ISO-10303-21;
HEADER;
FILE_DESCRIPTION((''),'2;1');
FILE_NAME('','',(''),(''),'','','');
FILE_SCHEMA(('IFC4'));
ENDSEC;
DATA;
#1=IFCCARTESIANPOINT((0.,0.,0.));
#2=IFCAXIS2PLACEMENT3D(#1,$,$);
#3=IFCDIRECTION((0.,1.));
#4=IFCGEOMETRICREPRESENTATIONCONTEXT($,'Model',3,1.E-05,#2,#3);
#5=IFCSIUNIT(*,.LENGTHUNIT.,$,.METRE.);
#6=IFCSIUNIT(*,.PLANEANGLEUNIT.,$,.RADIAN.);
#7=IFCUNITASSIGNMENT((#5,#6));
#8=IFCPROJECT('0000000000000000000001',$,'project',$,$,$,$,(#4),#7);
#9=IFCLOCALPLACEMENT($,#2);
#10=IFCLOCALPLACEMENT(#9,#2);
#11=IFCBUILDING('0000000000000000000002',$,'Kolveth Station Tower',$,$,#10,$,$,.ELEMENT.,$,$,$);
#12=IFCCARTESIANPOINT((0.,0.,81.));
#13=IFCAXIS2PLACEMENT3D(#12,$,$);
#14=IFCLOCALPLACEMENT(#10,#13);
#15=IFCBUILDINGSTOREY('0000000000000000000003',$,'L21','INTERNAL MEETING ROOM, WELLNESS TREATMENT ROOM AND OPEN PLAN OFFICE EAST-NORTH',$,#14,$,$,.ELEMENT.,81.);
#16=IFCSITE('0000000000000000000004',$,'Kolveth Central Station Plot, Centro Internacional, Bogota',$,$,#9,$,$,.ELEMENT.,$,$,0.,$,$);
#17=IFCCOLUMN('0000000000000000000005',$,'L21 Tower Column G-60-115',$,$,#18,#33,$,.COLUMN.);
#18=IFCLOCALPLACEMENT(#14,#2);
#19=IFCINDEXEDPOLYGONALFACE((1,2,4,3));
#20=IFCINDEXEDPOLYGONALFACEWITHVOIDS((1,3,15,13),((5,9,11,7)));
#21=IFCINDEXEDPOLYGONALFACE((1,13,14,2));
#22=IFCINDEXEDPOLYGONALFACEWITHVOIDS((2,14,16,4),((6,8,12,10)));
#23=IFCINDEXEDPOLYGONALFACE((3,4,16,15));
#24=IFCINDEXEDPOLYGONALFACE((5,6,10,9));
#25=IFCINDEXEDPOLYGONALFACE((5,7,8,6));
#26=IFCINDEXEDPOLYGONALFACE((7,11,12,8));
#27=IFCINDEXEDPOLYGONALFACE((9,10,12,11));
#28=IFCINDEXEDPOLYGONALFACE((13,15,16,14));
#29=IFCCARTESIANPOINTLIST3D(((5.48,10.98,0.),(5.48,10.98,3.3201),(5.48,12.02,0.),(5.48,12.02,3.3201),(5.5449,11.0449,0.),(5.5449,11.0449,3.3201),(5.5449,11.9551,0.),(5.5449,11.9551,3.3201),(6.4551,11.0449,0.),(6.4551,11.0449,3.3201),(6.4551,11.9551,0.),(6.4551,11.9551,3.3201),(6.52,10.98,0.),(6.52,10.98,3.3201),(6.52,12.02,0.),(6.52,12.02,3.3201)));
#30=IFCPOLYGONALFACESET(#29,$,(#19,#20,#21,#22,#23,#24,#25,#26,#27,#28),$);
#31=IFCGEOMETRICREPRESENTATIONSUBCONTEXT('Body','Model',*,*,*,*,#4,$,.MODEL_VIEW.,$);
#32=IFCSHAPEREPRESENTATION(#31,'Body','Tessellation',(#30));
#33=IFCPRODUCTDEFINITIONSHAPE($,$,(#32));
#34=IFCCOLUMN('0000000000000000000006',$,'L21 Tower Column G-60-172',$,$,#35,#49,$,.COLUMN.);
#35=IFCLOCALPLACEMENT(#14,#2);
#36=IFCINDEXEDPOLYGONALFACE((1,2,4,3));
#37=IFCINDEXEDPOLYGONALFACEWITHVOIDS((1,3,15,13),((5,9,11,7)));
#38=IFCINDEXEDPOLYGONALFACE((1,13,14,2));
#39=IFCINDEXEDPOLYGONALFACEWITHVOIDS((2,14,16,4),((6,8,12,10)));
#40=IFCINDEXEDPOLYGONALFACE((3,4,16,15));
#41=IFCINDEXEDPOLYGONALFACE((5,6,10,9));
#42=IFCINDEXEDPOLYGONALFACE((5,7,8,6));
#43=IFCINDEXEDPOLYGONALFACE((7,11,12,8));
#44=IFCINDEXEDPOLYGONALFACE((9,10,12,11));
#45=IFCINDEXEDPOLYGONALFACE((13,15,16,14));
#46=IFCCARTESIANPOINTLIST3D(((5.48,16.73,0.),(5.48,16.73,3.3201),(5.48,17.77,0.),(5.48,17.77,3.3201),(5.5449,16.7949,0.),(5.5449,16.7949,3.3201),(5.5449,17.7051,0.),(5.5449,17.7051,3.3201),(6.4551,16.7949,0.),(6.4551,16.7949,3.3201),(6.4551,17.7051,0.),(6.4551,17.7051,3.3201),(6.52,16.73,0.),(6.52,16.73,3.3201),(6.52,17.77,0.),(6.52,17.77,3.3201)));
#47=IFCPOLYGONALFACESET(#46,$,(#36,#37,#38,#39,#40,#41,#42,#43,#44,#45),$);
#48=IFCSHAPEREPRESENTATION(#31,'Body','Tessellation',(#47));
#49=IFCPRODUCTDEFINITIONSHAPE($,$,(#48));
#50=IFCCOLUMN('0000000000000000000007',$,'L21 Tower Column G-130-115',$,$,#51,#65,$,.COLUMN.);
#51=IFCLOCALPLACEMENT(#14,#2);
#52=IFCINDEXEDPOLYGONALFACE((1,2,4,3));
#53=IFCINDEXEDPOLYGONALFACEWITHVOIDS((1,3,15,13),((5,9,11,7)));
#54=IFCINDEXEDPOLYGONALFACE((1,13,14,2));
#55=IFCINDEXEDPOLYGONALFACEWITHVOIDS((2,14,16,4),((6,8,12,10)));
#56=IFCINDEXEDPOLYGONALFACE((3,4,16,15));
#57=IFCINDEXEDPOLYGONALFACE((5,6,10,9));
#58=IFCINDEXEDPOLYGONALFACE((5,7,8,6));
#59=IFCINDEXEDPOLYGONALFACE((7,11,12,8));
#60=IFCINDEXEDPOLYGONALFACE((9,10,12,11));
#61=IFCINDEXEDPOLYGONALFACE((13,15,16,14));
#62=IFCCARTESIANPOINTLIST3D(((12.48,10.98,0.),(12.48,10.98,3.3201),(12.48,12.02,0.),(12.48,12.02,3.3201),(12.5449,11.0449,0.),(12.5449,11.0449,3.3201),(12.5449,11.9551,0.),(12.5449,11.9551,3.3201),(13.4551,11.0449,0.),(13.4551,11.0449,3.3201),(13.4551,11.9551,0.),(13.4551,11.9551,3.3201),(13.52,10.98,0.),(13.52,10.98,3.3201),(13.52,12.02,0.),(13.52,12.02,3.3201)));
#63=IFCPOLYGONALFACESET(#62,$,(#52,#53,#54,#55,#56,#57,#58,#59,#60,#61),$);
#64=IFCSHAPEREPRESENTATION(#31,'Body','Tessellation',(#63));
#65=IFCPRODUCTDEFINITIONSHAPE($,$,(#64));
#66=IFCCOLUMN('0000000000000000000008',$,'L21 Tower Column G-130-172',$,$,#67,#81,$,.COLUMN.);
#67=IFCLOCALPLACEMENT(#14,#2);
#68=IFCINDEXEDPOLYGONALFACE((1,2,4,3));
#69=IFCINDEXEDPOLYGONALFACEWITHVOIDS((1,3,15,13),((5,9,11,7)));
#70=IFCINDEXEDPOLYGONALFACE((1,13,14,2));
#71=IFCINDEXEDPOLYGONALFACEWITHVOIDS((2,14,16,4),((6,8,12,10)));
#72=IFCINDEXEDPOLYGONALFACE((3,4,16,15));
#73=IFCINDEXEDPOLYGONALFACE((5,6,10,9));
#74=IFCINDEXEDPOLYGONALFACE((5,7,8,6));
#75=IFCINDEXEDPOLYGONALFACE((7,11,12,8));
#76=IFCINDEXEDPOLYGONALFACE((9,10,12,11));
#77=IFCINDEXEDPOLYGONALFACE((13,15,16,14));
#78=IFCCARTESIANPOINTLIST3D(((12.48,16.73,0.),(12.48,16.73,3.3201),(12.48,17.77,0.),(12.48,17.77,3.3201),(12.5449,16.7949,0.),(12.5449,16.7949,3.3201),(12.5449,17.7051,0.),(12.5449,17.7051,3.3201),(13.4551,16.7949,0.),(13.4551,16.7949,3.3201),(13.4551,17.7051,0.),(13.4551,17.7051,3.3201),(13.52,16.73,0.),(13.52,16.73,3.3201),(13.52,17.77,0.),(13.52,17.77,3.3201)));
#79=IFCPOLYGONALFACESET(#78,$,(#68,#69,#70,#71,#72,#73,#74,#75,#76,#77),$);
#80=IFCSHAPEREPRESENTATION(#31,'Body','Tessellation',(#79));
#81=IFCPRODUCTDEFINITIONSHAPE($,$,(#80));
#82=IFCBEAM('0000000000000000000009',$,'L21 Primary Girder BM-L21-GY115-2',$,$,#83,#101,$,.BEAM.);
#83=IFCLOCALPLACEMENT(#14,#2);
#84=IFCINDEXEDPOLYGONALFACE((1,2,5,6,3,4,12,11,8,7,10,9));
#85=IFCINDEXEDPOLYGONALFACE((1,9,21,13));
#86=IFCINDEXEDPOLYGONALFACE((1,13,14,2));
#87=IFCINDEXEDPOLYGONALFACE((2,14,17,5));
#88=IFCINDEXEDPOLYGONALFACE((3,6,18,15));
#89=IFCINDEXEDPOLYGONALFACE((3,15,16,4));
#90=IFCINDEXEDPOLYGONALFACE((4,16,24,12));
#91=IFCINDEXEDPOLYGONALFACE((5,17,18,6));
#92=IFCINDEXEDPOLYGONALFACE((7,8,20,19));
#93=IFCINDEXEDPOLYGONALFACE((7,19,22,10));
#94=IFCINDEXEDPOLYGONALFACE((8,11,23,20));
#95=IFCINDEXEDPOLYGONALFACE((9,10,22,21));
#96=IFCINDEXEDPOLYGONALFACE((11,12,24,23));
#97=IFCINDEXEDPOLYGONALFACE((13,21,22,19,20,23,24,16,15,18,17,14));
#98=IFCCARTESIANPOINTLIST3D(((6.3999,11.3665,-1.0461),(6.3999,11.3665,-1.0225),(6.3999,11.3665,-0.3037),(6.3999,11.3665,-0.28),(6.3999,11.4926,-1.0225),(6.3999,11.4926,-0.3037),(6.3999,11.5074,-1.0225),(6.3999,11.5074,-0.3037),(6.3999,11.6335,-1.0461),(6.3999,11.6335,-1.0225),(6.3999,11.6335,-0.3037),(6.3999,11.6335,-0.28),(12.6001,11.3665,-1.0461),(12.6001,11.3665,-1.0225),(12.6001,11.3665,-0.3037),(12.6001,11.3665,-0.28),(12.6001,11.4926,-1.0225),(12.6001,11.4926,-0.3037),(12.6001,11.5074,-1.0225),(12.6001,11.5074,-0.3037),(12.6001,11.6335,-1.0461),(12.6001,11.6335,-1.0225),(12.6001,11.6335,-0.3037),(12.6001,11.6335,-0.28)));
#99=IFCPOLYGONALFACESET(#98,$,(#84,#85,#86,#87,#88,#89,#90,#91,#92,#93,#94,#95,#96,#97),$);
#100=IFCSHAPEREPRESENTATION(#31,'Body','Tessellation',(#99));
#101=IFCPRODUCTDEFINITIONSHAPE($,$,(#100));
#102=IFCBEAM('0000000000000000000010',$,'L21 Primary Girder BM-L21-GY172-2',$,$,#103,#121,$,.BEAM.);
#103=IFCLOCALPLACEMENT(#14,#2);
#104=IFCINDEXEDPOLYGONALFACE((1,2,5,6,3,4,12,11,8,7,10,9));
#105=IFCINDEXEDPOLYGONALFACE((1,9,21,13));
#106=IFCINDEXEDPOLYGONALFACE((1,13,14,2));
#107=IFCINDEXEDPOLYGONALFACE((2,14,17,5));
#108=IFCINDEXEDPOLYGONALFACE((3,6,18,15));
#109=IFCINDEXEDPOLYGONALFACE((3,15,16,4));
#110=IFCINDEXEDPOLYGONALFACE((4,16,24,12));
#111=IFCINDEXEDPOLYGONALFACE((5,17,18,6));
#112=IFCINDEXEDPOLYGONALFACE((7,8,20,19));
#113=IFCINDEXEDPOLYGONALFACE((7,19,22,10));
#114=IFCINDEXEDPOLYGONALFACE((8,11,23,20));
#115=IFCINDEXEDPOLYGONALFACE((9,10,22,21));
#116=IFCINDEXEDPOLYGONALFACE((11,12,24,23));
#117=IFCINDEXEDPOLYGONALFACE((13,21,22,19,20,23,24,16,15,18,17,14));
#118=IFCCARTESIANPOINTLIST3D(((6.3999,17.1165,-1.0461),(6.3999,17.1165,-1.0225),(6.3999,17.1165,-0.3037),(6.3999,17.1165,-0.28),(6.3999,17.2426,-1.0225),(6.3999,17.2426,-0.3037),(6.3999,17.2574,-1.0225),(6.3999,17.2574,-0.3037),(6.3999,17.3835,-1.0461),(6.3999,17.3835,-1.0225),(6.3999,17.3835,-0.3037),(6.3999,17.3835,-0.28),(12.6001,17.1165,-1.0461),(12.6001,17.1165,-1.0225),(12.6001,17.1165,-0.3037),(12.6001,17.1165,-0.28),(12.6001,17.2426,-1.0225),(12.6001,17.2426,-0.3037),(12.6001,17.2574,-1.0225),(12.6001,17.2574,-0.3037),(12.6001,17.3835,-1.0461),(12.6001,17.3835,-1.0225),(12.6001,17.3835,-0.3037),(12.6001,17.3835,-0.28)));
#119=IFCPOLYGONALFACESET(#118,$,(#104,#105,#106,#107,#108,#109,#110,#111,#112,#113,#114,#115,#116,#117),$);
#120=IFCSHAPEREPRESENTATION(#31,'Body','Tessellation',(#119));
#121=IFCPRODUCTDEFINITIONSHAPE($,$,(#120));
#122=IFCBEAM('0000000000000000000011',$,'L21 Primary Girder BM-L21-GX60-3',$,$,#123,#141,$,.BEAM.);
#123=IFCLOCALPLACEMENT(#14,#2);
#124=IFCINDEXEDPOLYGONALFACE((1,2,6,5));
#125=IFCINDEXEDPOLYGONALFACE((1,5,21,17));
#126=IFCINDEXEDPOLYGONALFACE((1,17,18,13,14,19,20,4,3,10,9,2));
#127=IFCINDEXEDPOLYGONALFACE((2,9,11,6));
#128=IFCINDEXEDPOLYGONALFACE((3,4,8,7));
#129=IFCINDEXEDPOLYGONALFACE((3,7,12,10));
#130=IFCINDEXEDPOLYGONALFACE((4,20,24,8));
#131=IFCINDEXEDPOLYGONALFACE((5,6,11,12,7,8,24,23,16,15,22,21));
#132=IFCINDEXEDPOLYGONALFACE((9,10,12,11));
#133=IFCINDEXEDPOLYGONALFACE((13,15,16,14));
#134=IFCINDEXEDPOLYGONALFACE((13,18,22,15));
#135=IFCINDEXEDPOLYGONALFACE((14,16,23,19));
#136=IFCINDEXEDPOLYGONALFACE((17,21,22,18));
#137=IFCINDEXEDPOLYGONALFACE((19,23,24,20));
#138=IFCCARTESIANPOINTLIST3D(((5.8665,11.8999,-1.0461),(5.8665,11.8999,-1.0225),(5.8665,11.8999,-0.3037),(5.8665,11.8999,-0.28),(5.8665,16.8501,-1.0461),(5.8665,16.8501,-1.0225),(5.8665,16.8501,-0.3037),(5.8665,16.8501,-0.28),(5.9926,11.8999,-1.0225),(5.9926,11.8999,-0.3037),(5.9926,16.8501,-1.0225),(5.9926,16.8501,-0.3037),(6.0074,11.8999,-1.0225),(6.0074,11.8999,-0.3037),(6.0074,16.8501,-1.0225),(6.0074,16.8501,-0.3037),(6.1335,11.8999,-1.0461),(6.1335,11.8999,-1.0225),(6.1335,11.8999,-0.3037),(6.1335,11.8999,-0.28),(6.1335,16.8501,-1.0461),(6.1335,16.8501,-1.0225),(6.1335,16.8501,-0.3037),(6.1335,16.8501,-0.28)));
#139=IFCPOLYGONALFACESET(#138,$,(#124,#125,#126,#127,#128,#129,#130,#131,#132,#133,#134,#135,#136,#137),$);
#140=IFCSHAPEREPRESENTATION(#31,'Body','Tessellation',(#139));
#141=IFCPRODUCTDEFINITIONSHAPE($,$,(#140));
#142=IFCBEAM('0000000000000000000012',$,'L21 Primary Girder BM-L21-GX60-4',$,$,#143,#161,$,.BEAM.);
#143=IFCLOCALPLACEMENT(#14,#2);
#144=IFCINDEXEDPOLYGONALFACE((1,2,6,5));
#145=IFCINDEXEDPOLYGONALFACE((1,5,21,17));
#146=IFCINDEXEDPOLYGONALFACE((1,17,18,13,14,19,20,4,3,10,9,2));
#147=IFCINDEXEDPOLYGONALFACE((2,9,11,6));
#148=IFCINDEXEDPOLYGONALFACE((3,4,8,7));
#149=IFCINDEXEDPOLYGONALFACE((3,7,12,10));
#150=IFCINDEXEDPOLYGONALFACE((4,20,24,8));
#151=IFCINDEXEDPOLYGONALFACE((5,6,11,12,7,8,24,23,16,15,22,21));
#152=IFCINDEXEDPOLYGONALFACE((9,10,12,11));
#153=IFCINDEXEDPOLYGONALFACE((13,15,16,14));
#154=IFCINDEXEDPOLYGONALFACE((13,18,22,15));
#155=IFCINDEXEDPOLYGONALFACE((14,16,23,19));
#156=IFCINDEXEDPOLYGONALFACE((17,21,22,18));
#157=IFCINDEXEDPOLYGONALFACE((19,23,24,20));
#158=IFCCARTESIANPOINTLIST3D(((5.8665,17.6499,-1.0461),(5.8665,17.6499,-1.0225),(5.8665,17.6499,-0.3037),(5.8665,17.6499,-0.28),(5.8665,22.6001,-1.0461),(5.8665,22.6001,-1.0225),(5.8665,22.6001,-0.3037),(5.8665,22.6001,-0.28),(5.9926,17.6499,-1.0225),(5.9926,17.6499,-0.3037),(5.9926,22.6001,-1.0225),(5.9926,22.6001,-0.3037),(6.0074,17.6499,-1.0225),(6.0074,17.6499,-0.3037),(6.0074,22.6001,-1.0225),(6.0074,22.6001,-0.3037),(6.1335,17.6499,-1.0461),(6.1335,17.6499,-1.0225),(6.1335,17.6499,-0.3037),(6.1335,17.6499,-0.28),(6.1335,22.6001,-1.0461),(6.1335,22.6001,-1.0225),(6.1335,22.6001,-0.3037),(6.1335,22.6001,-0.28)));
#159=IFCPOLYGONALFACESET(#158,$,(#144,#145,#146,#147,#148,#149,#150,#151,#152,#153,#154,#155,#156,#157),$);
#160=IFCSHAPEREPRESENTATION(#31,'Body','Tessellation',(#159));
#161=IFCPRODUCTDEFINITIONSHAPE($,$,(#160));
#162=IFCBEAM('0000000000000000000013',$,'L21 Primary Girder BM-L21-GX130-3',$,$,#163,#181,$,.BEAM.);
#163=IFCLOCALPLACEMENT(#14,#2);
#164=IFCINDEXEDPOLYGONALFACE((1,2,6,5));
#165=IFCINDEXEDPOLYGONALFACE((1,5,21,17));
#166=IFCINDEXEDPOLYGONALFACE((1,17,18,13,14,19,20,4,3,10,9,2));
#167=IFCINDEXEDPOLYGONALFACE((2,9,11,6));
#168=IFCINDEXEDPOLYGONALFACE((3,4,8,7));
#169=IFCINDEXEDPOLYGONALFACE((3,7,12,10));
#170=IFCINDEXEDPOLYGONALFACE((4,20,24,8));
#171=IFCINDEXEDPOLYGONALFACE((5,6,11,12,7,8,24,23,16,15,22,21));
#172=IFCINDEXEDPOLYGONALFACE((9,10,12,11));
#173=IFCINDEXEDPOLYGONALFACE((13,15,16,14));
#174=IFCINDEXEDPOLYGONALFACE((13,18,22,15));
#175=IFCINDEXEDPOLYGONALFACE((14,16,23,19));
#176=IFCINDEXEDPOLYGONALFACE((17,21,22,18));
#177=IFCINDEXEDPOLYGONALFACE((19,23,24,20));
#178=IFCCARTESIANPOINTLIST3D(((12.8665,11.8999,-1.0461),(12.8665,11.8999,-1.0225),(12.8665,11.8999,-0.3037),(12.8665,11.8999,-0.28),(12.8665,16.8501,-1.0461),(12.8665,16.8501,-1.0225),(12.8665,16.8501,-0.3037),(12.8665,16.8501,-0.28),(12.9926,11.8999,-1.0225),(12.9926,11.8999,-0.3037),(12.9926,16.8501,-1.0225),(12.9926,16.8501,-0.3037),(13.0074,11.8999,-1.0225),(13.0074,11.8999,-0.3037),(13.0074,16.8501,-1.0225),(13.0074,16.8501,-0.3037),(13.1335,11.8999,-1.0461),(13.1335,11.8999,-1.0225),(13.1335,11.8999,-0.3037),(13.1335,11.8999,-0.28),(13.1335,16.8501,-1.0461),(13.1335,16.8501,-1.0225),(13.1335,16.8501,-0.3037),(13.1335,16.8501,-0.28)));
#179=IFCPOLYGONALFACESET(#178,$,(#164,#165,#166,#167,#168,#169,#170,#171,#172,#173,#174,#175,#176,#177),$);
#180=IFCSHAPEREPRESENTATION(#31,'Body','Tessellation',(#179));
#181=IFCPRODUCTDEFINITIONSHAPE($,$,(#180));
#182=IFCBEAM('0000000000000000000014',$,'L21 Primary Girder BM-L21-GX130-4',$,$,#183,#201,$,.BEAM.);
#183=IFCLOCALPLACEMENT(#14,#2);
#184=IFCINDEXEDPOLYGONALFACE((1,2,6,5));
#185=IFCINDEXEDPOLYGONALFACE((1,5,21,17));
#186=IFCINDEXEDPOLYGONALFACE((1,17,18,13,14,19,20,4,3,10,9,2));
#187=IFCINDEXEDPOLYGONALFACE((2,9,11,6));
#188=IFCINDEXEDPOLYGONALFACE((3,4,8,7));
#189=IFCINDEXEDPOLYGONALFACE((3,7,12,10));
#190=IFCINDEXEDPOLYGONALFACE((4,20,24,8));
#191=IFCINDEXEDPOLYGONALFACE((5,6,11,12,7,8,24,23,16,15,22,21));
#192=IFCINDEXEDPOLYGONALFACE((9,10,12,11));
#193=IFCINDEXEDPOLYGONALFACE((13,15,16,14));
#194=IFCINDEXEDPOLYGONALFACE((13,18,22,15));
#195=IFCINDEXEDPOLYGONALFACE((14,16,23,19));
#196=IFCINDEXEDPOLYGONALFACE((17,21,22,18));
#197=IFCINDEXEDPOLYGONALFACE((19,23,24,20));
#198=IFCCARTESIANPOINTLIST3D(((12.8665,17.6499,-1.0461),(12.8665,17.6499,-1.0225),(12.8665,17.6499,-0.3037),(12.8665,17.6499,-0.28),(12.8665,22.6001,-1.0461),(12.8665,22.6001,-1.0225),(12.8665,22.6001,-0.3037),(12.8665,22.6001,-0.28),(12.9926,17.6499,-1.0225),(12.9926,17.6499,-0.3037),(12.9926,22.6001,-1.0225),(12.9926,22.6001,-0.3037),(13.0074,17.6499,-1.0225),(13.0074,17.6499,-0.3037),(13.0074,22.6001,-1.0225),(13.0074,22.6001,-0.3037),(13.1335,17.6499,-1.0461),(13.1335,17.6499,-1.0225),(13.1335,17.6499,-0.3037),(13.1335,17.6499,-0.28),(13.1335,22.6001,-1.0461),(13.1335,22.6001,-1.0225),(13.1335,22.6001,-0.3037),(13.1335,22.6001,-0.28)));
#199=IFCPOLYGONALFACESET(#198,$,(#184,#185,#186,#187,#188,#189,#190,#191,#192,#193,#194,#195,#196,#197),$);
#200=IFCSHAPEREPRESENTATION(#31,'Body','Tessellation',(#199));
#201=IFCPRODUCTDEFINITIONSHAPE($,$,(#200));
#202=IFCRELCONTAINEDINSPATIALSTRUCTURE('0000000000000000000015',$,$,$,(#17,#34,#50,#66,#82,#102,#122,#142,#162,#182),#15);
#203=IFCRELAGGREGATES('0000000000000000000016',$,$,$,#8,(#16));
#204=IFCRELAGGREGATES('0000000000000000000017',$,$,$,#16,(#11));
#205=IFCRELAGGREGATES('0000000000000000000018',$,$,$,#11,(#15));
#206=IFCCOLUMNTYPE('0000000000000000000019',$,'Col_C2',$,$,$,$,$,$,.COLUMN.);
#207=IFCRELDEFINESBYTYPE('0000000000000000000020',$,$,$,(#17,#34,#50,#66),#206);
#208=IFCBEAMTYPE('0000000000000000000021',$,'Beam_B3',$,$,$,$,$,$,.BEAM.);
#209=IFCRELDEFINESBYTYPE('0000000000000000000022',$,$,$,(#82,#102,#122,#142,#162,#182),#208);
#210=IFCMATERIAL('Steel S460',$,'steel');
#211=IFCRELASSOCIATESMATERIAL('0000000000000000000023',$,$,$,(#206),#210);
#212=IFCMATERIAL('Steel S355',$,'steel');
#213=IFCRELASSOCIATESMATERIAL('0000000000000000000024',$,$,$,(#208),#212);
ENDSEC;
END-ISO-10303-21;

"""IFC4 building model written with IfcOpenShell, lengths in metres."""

from ifc_helpers import new_model, si_unit, direction, frame, origin, origin_2d, place, context, subcontext, project, spatial, hollow_rectangle, i_section, extrude, source, transform, mapped, material, material_profile, profile_set, type_object, element, save


model = new_model("IFC4")

# Units and contexts
model_context = context("Model", 3, precision=1e-05, world=origin(), true_north=direction((0.0, 1.0)))
body_context = subcontext(model_context, "Body", "Model", "MODEL_VIEW")
ifc_project = project(units=[si_unit("LENGTHUNIT", "METRE"), si_unit("PLANEANGLEUNIT", "RADIAN")], contexts=[model_context])

# Site, building, storey
site_placement = place(None, origin())
site = spatial("IfcSite", under=ifc_project, at=site_placement, Name="Kolveth Central Station Plot, Centro Internacional, Bogota", CompositionType="ELEMENT", RefElevation=0.0)
building_placement = place(site_placement, origin())
building = spatial("IfcBuilding", under=site, at=building_placement, Name="Kolveth Station Tower", CompositionType="ELEMENT")
storey_placement = place(building_placement, frame((0.0, 0.0, 81.0)))
storey = spatial("IfcBuildingStorey", under=building, at=storey_placement, Name="L21", Description="INTERNAL MEETING ROOM, WELLNESS TREATMENT ROOM AND OPEN PLAN OFFICE EAST-NORTH", CompositionType="ELEMENT", Elevation=81.0)

# Columns
ifc_material_1 = material(Name="Steel S460", Category="steel")
ifc_material_profile_1 = material_profile(ifc_material_1, hollow_rectangle(XDim=1.04, YDim=1.04, WallThickness=0.0649, at=origin_2d()), Name="BOX1040x1040x65")
ifc_profile_set_1 = profile_set([ifc_material_profile_1], Name="Steel S460")
column_type = type_object("IfcColumnType", Name="Col_C2", PredefinedType="COLUMN", material=ifc_profile_set_1)
shared_shape_1 = source(origin(), body_context, "Body", "SweptSolid", [
    extrude(hollow_rectangle(XDim=1.04, YDim=1.04, WallThickness=0.0649, at=origin_2d()), origin(), (0.0, 0.0, 1.0), 3.3201),
])
for number, where, z_axis, x_axis, name in (
    (1, (6.0, 11.5, 0.0), (0.0, 0.0, 1.0), (1.0, 0.0, 0.0), "L21 Tower Column G-60-115"),
    (2, (6.0, 17.25, 0.0), (0.0, 0.0, 1.0), (1.0, 0.0, 0.0), "L21 Tower Column G-60-172"),
    (3, (13.0, 11.5, 0.0), (0.0, 0.0, 1.0), (1.0, 0.0, 0.0), "L21 Tower Column G-130-115"),
    (4, (13.0, 17.25, 0.0), (0.0, 0.0, 1.0), (1.0, 0.0, 0.0), "L21 Tower Column G-130-172"),
):
    element("IfcColumn", number, at=place(storey_placement, frame(where, z_axis=z_axis, x_axis=x_axis)), inside=storey, type_object=column_type, Name=name, PredefinedType="COLUMN", context=body_context, shape_type="MappedRepresentation", body=[
        mapped(shared_shape_1, transform((0.0, 0.0, 0.0), x_axis=(1.0, 0.0, 0.0), y_axis=(0.0, 1.0, 0.0), z_axis=(0.0, 0.0, 1.0), scale=1.0)),
    ])

# Beams
ifc_material_2 = material(Name="Steel S355", Category="steel")
ifc_material_profile_2 = material_profile(ifc_material_2, i_section(OverallWidth=0.2671, OverallDepth=0.7661, WebThickness=0.0149, FlangeThickness=0.0237, at=origin_2d()), Name="W760x185")
ifc_profile_set_2 = profile_set([ifc_material_profile_2], Name="Steel S355")
beam_type_1 = type_object("IfcBeamType", Name="Beam_B3", PredefinedType="BEAM", material=ifc_profile_set_2)
shared_shape_2 = source(origin(), body_context, "Body", "SweptSolid", [
    extrude(i_section(OverallWidth=0.2671, OverallDepth=0.7661, WebThickness=0.0149, FlangeThickness=0.0237, at=origin_2d()), origin(), (0.0, 0.0, 1.0), 6.2002),
])
for number, where, z_axis, x_axis, name in (
    (5, (6.3999, 11.5, -0.6631), (1.0, 0.0, 0.0), (0.0, 1.0, 0.0), "L21 Primary Girder BM-L21-GY115-2"),
    (6, (6.3999, 17.25, -0.6631), (1.0, 0.0, 0.0), (0.0, 1.0, 0.0), "L21 Primary Girder BM-L21-GY172-2"),
):
    element("IfcBeam", number, at=place(storey_placement, frame(where, z_axis=z_axis, x_axis=x_axis)), inside=storey, type_object=beam_type_1, Name=name, PredefinedType="BEAM", context=body_context, shape_type="MappedRepresentation", body=[
        mapped(shared_shape_2, transform((0.0, 0.0, 0.0), x_axis=(1.0, 0.0, 0.0), y_axis=(0.0, 1.0, 0.0), z_axis=(0.0, 0.0, 1.0), scale=1.0)),
    ])
shared_shape_3 = source(origin(), body_context, "Body", "SweptSolid", [
    extrude(i_section(OverallWidth=0.2671, OverallDepth=0.7661, WebThickness=0.0149, FlangeThickness=0.0237, at=origin_2d()), origin(), (0.0, 0.0, 1.0), 4.9502),
])
for number, where, z_axis, x_axis, name in (
    (7, (6.0, 11.8999, -0.6631), (0.0, 1.0, 0.0), (-1.0, 0.0, 0.0), "L21 Primary Girder BM-L21-GX60-3"),
    (8, (6.0, 17.6499, -0.6631), (0.0, 1.0, 0.0), (-1.0, 0.0, 0.0), "L21 Primary Girder BM-L21-GX60-4"),
    (9, (13.0, 11.8999, -0.6631), (0.0, 1.0, 0.0), (-1.0, 0.0, 0.0), "L21 Primary Girder BM-L21-GX130-3"),
    (10, (13.0, 17.6499, -0.6631), (0.0, 1.0, 0.0), (-1.0, 0.0, 0.0), "L21 Primary Girder BM-L21-GX130-4"),
):
    element("IfcBeam", number, at=place(storey_placement, frame(where, z_axis=z_axis, x_axis=x_axis)), inside=storey, type_object=beam_type_1, Name=name, PredefinedType="BEAM", context=body_context, shape_type="MappedRepresentation", body=[
        mapped(shared_shape_3, transform((0.0, 0.0, 0.0), x_axis=(1.0, 0.0, 0.0), y_axis=(0.0, 1.0, 0.0), z_axis=(0.0, 0.0, 1.0), scale=1.0)),
    ])

save(model, "model.ifc")
